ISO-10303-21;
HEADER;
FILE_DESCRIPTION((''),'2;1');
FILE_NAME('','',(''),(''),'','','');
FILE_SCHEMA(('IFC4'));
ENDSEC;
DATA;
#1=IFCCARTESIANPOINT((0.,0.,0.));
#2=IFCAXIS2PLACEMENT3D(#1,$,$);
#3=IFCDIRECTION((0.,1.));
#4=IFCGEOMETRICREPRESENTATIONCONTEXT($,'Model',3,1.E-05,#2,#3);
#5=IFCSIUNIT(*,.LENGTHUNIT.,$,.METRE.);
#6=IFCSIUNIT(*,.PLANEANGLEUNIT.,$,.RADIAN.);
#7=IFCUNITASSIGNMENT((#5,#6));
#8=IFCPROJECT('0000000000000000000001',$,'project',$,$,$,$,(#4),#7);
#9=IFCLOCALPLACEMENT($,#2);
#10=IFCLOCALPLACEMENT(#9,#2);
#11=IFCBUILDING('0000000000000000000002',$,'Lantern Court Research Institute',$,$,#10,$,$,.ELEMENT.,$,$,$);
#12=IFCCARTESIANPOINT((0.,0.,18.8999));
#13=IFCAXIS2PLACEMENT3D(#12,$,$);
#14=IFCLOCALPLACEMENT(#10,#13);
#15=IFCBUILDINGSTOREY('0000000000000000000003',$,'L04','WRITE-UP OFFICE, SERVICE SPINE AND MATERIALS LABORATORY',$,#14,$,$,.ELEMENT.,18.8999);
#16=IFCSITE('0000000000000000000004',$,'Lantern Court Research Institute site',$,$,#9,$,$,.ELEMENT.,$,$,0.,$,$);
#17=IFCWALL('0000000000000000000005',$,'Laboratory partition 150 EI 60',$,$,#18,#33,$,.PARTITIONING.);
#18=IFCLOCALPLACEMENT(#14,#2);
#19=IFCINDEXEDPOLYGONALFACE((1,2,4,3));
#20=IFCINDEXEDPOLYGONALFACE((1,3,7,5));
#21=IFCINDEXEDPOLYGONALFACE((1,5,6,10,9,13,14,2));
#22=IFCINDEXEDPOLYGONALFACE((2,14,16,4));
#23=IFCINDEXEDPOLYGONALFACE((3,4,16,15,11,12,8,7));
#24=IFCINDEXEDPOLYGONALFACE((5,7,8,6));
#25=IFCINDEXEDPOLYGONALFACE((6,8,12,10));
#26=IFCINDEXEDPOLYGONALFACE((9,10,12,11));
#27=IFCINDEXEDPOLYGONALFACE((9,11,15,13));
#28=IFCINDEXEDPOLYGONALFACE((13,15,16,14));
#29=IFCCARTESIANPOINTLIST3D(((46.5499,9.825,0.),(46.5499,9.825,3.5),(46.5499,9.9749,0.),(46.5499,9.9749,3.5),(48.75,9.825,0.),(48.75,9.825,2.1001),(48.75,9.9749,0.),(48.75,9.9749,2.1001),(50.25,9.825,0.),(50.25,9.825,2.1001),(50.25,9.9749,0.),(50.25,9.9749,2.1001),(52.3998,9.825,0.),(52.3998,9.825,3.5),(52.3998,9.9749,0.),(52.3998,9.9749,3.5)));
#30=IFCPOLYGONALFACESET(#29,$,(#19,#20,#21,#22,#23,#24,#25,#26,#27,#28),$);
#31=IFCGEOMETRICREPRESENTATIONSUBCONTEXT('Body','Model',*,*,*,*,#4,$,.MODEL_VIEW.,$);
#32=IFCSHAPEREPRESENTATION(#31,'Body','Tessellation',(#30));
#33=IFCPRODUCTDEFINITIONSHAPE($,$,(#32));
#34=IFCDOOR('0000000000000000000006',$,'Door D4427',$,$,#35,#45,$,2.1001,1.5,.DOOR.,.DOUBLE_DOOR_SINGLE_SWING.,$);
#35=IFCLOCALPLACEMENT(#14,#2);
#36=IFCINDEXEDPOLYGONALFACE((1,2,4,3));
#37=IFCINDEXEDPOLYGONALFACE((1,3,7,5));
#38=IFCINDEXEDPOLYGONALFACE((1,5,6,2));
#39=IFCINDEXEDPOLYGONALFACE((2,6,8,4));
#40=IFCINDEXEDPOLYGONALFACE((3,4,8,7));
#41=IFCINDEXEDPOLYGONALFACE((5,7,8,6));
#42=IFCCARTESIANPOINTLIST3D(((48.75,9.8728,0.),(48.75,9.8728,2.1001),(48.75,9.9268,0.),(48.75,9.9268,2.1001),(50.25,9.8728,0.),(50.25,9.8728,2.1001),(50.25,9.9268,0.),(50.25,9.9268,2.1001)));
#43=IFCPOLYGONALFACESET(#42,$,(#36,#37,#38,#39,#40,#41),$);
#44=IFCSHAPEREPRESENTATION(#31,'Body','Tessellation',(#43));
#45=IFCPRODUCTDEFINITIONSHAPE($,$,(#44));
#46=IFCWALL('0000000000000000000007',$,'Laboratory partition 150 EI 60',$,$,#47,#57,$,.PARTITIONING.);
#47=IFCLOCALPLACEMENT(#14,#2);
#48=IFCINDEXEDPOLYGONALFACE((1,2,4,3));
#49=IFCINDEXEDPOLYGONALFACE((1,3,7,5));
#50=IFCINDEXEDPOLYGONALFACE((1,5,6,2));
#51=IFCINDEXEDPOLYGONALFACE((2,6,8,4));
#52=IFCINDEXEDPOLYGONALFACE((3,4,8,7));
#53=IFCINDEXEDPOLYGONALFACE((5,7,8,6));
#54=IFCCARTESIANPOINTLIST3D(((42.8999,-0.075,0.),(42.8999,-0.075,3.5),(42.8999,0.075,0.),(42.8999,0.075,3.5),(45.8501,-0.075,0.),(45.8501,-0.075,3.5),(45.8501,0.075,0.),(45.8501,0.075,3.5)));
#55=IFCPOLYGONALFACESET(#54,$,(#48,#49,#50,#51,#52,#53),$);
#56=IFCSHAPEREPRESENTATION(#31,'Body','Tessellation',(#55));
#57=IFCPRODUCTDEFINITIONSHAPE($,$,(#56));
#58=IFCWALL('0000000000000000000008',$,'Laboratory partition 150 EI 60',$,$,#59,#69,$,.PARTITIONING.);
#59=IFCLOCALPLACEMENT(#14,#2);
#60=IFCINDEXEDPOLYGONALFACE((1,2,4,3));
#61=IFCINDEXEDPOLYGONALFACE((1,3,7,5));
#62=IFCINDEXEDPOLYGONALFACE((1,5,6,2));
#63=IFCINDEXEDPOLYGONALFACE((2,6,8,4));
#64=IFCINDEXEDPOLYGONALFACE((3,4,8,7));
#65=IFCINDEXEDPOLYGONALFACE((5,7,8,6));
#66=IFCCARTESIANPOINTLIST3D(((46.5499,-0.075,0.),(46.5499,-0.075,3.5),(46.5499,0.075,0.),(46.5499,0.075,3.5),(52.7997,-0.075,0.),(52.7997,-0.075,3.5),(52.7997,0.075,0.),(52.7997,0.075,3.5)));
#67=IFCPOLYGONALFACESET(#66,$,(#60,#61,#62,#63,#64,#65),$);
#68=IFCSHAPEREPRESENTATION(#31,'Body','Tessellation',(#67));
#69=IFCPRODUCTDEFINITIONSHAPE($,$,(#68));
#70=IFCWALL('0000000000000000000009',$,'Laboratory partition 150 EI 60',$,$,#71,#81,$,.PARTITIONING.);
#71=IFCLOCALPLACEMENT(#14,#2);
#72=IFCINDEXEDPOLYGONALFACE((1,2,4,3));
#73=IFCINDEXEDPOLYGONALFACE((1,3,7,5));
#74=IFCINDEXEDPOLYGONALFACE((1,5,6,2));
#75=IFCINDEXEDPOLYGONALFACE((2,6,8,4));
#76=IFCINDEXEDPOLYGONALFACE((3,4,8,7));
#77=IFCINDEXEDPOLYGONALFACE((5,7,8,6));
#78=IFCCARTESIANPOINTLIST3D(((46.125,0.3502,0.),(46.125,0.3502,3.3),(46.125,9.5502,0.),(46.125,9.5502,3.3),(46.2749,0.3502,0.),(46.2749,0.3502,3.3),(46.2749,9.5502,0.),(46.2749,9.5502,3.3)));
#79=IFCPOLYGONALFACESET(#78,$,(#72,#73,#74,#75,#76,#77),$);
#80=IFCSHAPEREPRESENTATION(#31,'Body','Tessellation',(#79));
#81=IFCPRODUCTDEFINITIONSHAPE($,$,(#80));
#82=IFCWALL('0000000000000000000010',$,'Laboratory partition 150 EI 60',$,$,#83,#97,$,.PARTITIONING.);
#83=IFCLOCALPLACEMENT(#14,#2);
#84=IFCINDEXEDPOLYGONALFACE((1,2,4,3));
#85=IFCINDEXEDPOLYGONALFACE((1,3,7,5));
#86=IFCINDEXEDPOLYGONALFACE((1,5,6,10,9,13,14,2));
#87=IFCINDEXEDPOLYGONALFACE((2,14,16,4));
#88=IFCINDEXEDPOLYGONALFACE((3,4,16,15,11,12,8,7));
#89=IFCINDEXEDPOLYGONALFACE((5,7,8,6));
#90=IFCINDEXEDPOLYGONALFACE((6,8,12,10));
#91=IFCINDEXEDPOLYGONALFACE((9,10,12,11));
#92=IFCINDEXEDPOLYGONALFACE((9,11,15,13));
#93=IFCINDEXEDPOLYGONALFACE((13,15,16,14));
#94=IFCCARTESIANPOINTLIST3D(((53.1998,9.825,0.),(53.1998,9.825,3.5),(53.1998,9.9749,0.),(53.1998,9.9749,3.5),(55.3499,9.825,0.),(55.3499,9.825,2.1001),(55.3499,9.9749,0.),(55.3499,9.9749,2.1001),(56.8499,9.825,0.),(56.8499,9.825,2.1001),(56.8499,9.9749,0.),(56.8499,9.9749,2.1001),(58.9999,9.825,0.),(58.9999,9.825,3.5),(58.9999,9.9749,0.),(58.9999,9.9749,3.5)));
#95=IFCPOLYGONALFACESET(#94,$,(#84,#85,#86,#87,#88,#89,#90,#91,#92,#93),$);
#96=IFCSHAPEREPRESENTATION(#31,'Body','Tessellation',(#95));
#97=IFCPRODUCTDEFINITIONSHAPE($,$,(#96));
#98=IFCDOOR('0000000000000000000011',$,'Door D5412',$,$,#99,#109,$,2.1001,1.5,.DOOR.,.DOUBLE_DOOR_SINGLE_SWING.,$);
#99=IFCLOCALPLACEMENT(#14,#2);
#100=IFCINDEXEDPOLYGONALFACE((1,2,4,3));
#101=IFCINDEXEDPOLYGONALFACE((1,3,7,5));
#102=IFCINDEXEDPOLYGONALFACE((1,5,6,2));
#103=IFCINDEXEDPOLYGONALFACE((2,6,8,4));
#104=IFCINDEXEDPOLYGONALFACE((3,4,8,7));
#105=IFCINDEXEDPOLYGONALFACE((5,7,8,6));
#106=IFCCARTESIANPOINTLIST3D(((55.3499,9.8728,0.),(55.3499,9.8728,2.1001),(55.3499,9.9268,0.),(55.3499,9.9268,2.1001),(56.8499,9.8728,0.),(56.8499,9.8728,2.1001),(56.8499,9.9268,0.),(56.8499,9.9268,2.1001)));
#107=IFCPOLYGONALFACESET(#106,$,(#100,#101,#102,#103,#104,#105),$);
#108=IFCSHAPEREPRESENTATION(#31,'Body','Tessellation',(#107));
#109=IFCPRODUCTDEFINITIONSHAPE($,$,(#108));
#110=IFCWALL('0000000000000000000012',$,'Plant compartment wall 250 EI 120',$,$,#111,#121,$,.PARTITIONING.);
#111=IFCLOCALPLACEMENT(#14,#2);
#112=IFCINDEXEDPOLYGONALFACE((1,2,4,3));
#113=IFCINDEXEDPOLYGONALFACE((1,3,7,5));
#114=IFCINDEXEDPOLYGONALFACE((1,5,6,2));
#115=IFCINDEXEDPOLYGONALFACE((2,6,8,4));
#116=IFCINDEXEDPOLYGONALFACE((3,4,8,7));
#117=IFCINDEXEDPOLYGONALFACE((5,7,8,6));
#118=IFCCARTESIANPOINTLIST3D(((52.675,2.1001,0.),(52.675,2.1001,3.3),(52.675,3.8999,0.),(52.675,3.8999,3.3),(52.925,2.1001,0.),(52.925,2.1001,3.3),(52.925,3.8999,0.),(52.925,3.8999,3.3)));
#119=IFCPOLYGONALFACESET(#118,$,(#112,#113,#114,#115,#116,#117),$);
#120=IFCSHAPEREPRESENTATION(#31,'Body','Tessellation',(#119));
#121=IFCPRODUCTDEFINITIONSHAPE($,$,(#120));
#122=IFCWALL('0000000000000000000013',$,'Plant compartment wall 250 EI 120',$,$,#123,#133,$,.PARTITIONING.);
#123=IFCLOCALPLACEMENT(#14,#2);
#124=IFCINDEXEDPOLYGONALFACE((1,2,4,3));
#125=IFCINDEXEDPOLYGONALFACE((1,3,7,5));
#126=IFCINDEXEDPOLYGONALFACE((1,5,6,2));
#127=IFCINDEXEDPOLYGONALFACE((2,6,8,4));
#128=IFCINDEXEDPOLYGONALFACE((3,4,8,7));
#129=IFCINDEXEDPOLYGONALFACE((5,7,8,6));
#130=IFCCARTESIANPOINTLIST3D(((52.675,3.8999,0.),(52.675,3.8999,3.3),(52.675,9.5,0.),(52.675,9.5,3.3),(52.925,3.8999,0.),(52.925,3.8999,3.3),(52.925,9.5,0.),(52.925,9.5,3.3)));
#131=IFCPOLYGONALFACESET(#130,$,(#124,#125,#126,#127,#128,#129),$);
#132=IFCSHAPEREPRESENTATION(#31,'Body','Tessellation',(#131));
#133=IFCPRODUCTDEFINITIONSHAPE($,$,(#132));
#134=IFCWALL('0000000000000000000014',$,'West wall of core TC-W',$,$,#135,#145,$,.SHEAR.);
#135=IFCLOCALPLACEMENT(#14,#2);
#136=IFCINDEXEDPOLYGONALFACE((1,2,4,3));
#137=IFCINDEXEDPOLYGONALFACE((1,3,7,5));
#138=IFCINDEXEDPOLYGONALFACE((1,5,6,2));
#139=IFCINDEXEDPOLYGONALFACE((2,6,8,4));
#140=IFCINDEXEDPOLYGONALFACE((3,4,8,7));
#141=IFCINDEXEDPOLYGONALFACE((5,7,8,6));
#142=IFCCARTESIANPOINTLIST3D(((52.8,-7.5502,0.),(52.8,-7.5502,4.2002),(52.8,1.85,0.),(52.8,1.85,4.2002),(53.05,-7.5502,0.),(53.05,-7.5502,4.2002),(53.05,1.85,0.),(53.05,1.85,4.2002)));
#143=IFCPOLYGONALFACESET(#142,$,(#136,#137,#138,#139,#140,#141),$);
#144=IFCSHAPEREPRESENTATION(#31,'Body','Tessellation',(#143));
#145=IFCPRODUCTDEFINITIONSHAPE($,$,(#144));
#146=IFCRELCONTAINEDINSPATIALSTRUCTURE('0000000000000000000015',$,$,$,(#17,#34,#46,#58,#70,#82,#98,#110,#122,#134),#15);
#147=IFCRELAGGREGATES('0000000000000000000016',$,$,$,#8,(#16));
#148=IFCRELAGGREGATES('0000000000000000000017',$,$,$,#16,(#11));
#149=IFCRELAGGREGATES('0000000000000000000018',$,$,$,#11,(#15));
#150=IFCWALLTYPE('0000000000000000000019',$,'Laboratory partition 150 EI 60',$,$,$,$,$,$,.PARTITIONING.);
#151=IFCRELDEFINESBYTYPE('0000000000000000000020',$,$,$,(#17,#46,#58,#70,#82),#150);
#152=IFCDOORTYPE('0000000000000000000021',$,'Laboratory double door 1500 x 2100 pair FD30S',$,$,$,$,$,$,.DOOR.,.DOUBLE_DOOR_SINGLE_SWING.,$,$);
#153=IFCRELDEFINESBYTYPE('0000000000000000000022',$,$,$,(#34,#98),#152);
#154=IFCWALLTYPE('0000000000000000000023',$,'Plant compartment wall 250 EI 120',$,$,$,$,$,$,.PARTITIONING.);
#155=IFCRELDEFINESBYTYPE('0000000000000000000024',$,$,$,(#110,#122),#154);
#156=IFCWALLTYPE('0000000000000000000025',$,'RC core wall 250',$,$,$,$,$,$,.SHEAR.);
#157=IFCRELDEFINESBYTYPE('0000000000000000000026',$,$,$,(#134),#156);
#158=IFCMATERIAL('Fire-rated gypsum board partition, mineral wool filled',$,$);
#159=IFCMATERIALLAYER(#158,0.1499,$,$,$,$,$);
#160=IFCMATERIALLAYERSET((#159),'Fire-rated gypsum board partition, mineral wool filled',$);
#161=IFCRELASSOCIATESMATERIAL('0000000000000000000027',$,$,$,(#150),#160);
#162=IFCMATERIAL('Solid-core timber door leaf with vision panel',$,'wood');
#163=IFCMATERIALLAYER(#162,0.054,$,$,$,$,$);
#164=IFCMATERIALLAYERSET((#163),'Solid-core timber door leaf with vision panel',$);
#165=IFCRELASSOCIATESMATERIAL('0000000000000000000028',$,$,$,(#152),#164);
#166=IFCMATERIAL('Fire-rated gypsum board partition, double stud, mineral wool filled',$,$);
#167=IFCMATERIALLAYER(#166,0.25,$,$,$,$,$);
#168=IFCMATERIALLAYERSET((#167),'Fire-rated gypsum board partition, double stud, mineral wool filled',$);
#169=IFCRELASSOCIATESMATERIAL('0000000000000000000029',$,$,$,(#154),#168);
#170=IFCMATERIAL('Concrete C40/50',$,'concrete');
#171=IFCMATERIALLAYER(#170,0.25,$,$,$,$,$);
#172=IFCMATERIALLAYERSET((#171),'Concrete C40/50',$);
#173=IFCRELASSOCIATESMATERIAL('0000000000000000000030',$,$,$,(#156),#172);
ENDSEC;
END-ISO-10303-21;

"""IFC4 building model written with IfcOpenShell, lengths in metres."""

from ifc_helpers import new_model, si_unit, direction, frame, frame_2d, origin, place, context, subcontext, project, spatial, rectangle, extrude, material, layer, layer_set, type_object, element, fill, save


model = new_model("IFC4")

# Units and contexts
model_context = context("Model", 3, precision=1e-05, world=origin(), true_north=direction((0.0, 1.0)))
body_context = subcontext(model_context, "Body", "Model", "MODEL_VIEW")
ifc_project = project(units=[si_unit("LENGTHUNIT", "METRE"), si_unit("PLANEANGLEUNIT", "RADIAN")], contexts=[model_context])

# Site, building, storey
site_placement = place(None, origin())
site = spatial("IfcSite", under=ifc_project, at=site_placement, Name="Lantern Court Research Institute site", CompositionType="ELEMENT", RefElevation=0.0)
building_placement = place(site_placement, origin())
building = spatial("IfcBuilding", under=site, at=building_placement, Name="Lantern Court Research Institute", CompositionType="ELEMENT")
storey_placement = place(building_placement, frame((0.0, 0.0, 18.8999)))
storey = spatial("IfcBuildingStorey", under=building, at=storey_placement, Name="L04", Description="WRITE-UP OFFICE, SERVICE SPINE AND MATERIALS LABORATORY", CompositionType="ELEMENT", Elevation=18.8999)

# Wall, opening, door
ifc_material_1 = material(Name="Fire-rated gypsum board partition, mineral wool filled")
ifc_layer_1 = layer(ifc_material_1, 0.1499)
ifc_layer_set_1 = layer_set([ifc_layer_1], Name="Fire-rated gypsum board partition, mineral wool filled")
wall_type_1 = type_object("IfcWallType", Name="Laboratory partition 150 EI 60", PredefinedType="PARTITIONING", material=ifc_layer_set_1)
wall_1_placement = place(storey_placement, frame((46.55, 9.8999, 0.0), z_axis=(0.0, 0.0, 1.0), x_axis=(1.0, 0.0, 0.0)))
wall_1 = element("IfcWall", 1, at=wall_1_placement, inside=storey, type_object=wall_type_1, Name="Laboratory partition 150 EI 60", PredefinedType="PARTITIONING", context=body_context, shape_type="SweptSolid", body=[
    extrude(rectangle(XDim=5.8499, YDim=0.1499, at=frame_2d((2.9248, 0.0))), origin(), (0.0, 0.0, 1.0), 3.5),
])
opening_1_placement = place(wall_1_placement, frame((2.2, 0.0, 0.0)))
opening_1 = element("IfcOpeningElement", 2, at=opening_1_placement, cuts=wall_1, PredefinedType="OPENING", context=body_context, shape_type="SweptSolid", body=[
    extrude(rectangle(XDim=1.5, YDim=2.1001, at=frame_2d((0.75, 1.05))), frame((0.0, 0.085, 0.0), z_axis=(0.0, -1.0, 0.0), x_axis=(1.0, 0.0, 0.0)), (0.0, 0.0, 1.0), 0.1699),
])
ifc_material_2 = material(Name="Solid-core timber door leaf with vision panel", Category="wood")
ifc_layer_2 = layer(ifc_material_2, 0.054)
ifc_layer_set_2 = layer_set([ifc_layer_2], Name="Solid-core timber door leaf with vision panel")
door_type_1 = type_object("IfcDoorType", Name="Laboratory double door 1500 x 2100 pair FD30S", OperationType="DOUBLE_DOOR_SINGLE_SWING", PredefinedType="DOOR", material=ifc_layer_set_2)
door_1_placement = place(opening_1_placement, origin())
door_1 = element("IfcDoor", 3, at=door_1_placement, inside=storey, type_object=door_type_1, Name="Door D4427", OperationType="DOUBLE_DOOR_SINGLE_SWING", OverallHeight=2.1001, OverallWidth=1.5, PredefinedType="DOOR", context=body_context, shape_type="SweptSolid", body=[
    extrude(rectangle(XDim=1.5, YDim=2.1001, at=frame_2d((0.75, 1.05))), frame((0.0, 0.0269, 0.0), z_axis=(0.0, -1.0, 0.0), x_axis=(1.0, 0.0, 0.0)), (0.0, 0.0, 1.0), 0.054),
])
fill(opening_1, door_1)

# Walls
wall_2_placement = place(storey_placement, frame((45.8501, 0.0, 0.0), z_axis=(0.0, 0.0, 1.0), x_axis=(-1.0, 0.0, 0.0)))
element("IfcWall", 4, at=wall_2_placement, inside=storey, type_object=wall_type_1, Name="Laboratory partition 150 EI 60", PredefinedType="PARTITIONING", context=body_context, shape_type="SweptSolid", body=[
    extrude(rectangle(XDim=2.9502, YDim=0.1499, at=frame_2d((1.4751, 0.0))), origin(), (0.0, 0.0, 1.0), 3.5),
])
wall_3_placement = place(storey_placement, frame((52.7998, 0.0, 0.0), z_axis=(0.0, 0.0, 1.0), x_axis=(-1.0, 0.0, 0.0)))
element("IfcWall", 5, at=wall_3_placement, inside=storey, type_object=wall_type_1, Name="Laboratory partition 150 EI 60", PredefinedType="PARTITIONING", context=body_context, shape_type="SweptSolid", body=[
    extrude(rectangle(XDim=6.2498, YDim=0.1499, at=frame_2d((3.125, 0.0))), origin(), (0.0, 0.0, 1.0), 3.5),
])
wall_4_placement = place(storey_placement, frame((46.2, 0.3501, 0.0), z_axis=(0.0, 0.0, 1.0), x_axis=(0.0, 1.0, 0.0)))
element("IfcWall", 6, at=wall_4_placement, inside=storey, type_object=wall_type_1, Name="Laboratory partition 150 EI 60", PredefinedType="PARTITIONING", context=body_context, shape_type="SweptSolid", body=[
    extrude(rectangle(XDim=9.2, YDim=0.1499, at=frame_2d((4.6001, 0.0))), origin(), (0.0, 0.0, 1.0), 3.3),
])

# Wall, opening, door
wall_5_placement = place(storey_placement, frame((53.2, 9.8999, 0.0), z_axis=(0.0, 0.0, 1.0), x_axis=(1.0, 0.0, 0.0)))
wall_5 = element("IfcWall", 7, at=wall_5_placement, inside=storey, type_object=wall_type_1, Name="Laboratory partition 150 EI 60", PredefinedType="PARTITIONING", context=body_context, shape_type="SweptSolid", body=[
    extrude(rectangle(XDim=5.8, YDim=0.1499, at=frame_2d((2.8999, 0.0))), origin(), (0.0, 0.0, 1.0), 3.5),
])
opening_2_placement = place(wall_5_placement, frame((2.1499, 0.0, 0.0)))
opening_2 = element("IfcOpeningElement", 8, at=opening_2_placement, cuts=wall_5, PredefinedType="OPENING", context=body_context, shape_type="SweptSolid", body=[
    extrude(rectangle(XDim=1.5, YDim=2.1001, at=frame_2d((0.75, 1.05))), frame((0.0, 0.085, 0.0), z_axis=(0.0, -1.0, 0.0), x_axis=(1.0, 0.0, 0.0)), (0.0, 0.0, 1.0), 0.1699),
])
door_2_placement = place(opening_2_placement, origin())
door_2 = element("IfcDoor", 9, at=door_2_placement, inside=storey, type_object=door_type_1, Name="Door D5412", OperationType="DOUBLE_DOOR_SINGLE_SWING", OverallHeight=2.1001, OverallWidth=1.5, PredefinedType="DOOR", context=body_context, shape_type="SweptSolid", body=[
    extrude(rectangle(XDim=1.5, YDim=2.1001, at=frame_2d((0.75, 1.05))), frame((0.0, 0.0269, 0.0), z_axis=(0.0, -1.0, 0.0), x_axis=(1.0, 0.0, 0.0)), (0.0, 0.0, 1.0), 0.054),
])
fill(opening_2, door_2)

# Walls
ifc_material_3 = material(Name="Fire-rated gypsum board partition, double stud, mineral wool filled")
ifc_layer_3 = layer(ifc_material_3, 0.25)
ifc_layer_set_3 = layer_set([ifc_layer_3], Name="Fire-rated gypsum board partition, double stud, mineral wool filled")
wall_type_2 = type_object("IfcWallType", Name="Plant compartment wall 250 EI 120", PredefinedType="PARTITIONING", material=ifc_layer_set_3)
wall_6_placement = place(storey_placement, frame((52.8, 2.1001, 0.0), z_axis=(0.0, 0.0, 1.0), x_axis=(0.0, 1.0, 0.0)))
element("IfcWall", 10, at=wall_6_placement, inside=storey, type_object=wall_type_2, Name="Plant compartment wall 250 EI 120", PredefinedType="PARTITIONING", context=body_context, shape_type="SweptSolid", body=[
    extrude(rectangle(XDim=1.7998, YDim=0.25, at=frame_2d((0.8999, 0.0))), origin(), (0.0, 0.0, 1.0), 3.3),
])
wall_7_placement = place(storey_placement, frame((52.8, 3.8999, 0.0), z_axis=(0.0, 0.0, 1.0), x_axis=(0.0, 1.0, 0.0)))
element("IfcWall", 11, at=wall_7_placement, inside=storey, type_object=wall_type_2, Name="Plant compartment wall 250 EI 120", PredefinedType="PARTITIONING", context=body_context, shape_type="SweptSolid", body=[
    extrude(rectangle(XDim=5.6001, YDim=0.25, at=frame_2d((2.8, 0.0))), origin(), (0.0, 0.0, 1.0), 3.3),
])
ifc_material_4 = material(Name="Concrete C40/50", Category="concrete")
ifc_layer_4 = layer(ifc_material_4, 0.25)
ifc_layer_set_4 = layer_set([ifc_layer_4], Name="Concrete C40/50")
wall_type_3 = type_object("IfcWallType", Name="RC core wall 250", PredefinedType="SHEAR", material=ifc_layer_set_4)
wall_8_placement = place(storey_placement, frame((52.925, 1.8501, 0.0), z_axis=(0.0, 0.0, 1.0), x_axis=(0.0, -1.0, 0.0)))
element("IfcWall", 12, at=wall_8_placement, inside=storey, type_object=wall_type_3, Name="West wall of core TC-W", PredefinedType="SHEAR", context=body_context, shape_type="SweptSolid", body=[
    extrude(rectangle(XDim=9.4001, YDim=0.25, at=frame_2d((4.7002, 0.0))), origin(), (0.0, 0.0, 1.0), 4.2002),
])

save(model, "model.ifc")
